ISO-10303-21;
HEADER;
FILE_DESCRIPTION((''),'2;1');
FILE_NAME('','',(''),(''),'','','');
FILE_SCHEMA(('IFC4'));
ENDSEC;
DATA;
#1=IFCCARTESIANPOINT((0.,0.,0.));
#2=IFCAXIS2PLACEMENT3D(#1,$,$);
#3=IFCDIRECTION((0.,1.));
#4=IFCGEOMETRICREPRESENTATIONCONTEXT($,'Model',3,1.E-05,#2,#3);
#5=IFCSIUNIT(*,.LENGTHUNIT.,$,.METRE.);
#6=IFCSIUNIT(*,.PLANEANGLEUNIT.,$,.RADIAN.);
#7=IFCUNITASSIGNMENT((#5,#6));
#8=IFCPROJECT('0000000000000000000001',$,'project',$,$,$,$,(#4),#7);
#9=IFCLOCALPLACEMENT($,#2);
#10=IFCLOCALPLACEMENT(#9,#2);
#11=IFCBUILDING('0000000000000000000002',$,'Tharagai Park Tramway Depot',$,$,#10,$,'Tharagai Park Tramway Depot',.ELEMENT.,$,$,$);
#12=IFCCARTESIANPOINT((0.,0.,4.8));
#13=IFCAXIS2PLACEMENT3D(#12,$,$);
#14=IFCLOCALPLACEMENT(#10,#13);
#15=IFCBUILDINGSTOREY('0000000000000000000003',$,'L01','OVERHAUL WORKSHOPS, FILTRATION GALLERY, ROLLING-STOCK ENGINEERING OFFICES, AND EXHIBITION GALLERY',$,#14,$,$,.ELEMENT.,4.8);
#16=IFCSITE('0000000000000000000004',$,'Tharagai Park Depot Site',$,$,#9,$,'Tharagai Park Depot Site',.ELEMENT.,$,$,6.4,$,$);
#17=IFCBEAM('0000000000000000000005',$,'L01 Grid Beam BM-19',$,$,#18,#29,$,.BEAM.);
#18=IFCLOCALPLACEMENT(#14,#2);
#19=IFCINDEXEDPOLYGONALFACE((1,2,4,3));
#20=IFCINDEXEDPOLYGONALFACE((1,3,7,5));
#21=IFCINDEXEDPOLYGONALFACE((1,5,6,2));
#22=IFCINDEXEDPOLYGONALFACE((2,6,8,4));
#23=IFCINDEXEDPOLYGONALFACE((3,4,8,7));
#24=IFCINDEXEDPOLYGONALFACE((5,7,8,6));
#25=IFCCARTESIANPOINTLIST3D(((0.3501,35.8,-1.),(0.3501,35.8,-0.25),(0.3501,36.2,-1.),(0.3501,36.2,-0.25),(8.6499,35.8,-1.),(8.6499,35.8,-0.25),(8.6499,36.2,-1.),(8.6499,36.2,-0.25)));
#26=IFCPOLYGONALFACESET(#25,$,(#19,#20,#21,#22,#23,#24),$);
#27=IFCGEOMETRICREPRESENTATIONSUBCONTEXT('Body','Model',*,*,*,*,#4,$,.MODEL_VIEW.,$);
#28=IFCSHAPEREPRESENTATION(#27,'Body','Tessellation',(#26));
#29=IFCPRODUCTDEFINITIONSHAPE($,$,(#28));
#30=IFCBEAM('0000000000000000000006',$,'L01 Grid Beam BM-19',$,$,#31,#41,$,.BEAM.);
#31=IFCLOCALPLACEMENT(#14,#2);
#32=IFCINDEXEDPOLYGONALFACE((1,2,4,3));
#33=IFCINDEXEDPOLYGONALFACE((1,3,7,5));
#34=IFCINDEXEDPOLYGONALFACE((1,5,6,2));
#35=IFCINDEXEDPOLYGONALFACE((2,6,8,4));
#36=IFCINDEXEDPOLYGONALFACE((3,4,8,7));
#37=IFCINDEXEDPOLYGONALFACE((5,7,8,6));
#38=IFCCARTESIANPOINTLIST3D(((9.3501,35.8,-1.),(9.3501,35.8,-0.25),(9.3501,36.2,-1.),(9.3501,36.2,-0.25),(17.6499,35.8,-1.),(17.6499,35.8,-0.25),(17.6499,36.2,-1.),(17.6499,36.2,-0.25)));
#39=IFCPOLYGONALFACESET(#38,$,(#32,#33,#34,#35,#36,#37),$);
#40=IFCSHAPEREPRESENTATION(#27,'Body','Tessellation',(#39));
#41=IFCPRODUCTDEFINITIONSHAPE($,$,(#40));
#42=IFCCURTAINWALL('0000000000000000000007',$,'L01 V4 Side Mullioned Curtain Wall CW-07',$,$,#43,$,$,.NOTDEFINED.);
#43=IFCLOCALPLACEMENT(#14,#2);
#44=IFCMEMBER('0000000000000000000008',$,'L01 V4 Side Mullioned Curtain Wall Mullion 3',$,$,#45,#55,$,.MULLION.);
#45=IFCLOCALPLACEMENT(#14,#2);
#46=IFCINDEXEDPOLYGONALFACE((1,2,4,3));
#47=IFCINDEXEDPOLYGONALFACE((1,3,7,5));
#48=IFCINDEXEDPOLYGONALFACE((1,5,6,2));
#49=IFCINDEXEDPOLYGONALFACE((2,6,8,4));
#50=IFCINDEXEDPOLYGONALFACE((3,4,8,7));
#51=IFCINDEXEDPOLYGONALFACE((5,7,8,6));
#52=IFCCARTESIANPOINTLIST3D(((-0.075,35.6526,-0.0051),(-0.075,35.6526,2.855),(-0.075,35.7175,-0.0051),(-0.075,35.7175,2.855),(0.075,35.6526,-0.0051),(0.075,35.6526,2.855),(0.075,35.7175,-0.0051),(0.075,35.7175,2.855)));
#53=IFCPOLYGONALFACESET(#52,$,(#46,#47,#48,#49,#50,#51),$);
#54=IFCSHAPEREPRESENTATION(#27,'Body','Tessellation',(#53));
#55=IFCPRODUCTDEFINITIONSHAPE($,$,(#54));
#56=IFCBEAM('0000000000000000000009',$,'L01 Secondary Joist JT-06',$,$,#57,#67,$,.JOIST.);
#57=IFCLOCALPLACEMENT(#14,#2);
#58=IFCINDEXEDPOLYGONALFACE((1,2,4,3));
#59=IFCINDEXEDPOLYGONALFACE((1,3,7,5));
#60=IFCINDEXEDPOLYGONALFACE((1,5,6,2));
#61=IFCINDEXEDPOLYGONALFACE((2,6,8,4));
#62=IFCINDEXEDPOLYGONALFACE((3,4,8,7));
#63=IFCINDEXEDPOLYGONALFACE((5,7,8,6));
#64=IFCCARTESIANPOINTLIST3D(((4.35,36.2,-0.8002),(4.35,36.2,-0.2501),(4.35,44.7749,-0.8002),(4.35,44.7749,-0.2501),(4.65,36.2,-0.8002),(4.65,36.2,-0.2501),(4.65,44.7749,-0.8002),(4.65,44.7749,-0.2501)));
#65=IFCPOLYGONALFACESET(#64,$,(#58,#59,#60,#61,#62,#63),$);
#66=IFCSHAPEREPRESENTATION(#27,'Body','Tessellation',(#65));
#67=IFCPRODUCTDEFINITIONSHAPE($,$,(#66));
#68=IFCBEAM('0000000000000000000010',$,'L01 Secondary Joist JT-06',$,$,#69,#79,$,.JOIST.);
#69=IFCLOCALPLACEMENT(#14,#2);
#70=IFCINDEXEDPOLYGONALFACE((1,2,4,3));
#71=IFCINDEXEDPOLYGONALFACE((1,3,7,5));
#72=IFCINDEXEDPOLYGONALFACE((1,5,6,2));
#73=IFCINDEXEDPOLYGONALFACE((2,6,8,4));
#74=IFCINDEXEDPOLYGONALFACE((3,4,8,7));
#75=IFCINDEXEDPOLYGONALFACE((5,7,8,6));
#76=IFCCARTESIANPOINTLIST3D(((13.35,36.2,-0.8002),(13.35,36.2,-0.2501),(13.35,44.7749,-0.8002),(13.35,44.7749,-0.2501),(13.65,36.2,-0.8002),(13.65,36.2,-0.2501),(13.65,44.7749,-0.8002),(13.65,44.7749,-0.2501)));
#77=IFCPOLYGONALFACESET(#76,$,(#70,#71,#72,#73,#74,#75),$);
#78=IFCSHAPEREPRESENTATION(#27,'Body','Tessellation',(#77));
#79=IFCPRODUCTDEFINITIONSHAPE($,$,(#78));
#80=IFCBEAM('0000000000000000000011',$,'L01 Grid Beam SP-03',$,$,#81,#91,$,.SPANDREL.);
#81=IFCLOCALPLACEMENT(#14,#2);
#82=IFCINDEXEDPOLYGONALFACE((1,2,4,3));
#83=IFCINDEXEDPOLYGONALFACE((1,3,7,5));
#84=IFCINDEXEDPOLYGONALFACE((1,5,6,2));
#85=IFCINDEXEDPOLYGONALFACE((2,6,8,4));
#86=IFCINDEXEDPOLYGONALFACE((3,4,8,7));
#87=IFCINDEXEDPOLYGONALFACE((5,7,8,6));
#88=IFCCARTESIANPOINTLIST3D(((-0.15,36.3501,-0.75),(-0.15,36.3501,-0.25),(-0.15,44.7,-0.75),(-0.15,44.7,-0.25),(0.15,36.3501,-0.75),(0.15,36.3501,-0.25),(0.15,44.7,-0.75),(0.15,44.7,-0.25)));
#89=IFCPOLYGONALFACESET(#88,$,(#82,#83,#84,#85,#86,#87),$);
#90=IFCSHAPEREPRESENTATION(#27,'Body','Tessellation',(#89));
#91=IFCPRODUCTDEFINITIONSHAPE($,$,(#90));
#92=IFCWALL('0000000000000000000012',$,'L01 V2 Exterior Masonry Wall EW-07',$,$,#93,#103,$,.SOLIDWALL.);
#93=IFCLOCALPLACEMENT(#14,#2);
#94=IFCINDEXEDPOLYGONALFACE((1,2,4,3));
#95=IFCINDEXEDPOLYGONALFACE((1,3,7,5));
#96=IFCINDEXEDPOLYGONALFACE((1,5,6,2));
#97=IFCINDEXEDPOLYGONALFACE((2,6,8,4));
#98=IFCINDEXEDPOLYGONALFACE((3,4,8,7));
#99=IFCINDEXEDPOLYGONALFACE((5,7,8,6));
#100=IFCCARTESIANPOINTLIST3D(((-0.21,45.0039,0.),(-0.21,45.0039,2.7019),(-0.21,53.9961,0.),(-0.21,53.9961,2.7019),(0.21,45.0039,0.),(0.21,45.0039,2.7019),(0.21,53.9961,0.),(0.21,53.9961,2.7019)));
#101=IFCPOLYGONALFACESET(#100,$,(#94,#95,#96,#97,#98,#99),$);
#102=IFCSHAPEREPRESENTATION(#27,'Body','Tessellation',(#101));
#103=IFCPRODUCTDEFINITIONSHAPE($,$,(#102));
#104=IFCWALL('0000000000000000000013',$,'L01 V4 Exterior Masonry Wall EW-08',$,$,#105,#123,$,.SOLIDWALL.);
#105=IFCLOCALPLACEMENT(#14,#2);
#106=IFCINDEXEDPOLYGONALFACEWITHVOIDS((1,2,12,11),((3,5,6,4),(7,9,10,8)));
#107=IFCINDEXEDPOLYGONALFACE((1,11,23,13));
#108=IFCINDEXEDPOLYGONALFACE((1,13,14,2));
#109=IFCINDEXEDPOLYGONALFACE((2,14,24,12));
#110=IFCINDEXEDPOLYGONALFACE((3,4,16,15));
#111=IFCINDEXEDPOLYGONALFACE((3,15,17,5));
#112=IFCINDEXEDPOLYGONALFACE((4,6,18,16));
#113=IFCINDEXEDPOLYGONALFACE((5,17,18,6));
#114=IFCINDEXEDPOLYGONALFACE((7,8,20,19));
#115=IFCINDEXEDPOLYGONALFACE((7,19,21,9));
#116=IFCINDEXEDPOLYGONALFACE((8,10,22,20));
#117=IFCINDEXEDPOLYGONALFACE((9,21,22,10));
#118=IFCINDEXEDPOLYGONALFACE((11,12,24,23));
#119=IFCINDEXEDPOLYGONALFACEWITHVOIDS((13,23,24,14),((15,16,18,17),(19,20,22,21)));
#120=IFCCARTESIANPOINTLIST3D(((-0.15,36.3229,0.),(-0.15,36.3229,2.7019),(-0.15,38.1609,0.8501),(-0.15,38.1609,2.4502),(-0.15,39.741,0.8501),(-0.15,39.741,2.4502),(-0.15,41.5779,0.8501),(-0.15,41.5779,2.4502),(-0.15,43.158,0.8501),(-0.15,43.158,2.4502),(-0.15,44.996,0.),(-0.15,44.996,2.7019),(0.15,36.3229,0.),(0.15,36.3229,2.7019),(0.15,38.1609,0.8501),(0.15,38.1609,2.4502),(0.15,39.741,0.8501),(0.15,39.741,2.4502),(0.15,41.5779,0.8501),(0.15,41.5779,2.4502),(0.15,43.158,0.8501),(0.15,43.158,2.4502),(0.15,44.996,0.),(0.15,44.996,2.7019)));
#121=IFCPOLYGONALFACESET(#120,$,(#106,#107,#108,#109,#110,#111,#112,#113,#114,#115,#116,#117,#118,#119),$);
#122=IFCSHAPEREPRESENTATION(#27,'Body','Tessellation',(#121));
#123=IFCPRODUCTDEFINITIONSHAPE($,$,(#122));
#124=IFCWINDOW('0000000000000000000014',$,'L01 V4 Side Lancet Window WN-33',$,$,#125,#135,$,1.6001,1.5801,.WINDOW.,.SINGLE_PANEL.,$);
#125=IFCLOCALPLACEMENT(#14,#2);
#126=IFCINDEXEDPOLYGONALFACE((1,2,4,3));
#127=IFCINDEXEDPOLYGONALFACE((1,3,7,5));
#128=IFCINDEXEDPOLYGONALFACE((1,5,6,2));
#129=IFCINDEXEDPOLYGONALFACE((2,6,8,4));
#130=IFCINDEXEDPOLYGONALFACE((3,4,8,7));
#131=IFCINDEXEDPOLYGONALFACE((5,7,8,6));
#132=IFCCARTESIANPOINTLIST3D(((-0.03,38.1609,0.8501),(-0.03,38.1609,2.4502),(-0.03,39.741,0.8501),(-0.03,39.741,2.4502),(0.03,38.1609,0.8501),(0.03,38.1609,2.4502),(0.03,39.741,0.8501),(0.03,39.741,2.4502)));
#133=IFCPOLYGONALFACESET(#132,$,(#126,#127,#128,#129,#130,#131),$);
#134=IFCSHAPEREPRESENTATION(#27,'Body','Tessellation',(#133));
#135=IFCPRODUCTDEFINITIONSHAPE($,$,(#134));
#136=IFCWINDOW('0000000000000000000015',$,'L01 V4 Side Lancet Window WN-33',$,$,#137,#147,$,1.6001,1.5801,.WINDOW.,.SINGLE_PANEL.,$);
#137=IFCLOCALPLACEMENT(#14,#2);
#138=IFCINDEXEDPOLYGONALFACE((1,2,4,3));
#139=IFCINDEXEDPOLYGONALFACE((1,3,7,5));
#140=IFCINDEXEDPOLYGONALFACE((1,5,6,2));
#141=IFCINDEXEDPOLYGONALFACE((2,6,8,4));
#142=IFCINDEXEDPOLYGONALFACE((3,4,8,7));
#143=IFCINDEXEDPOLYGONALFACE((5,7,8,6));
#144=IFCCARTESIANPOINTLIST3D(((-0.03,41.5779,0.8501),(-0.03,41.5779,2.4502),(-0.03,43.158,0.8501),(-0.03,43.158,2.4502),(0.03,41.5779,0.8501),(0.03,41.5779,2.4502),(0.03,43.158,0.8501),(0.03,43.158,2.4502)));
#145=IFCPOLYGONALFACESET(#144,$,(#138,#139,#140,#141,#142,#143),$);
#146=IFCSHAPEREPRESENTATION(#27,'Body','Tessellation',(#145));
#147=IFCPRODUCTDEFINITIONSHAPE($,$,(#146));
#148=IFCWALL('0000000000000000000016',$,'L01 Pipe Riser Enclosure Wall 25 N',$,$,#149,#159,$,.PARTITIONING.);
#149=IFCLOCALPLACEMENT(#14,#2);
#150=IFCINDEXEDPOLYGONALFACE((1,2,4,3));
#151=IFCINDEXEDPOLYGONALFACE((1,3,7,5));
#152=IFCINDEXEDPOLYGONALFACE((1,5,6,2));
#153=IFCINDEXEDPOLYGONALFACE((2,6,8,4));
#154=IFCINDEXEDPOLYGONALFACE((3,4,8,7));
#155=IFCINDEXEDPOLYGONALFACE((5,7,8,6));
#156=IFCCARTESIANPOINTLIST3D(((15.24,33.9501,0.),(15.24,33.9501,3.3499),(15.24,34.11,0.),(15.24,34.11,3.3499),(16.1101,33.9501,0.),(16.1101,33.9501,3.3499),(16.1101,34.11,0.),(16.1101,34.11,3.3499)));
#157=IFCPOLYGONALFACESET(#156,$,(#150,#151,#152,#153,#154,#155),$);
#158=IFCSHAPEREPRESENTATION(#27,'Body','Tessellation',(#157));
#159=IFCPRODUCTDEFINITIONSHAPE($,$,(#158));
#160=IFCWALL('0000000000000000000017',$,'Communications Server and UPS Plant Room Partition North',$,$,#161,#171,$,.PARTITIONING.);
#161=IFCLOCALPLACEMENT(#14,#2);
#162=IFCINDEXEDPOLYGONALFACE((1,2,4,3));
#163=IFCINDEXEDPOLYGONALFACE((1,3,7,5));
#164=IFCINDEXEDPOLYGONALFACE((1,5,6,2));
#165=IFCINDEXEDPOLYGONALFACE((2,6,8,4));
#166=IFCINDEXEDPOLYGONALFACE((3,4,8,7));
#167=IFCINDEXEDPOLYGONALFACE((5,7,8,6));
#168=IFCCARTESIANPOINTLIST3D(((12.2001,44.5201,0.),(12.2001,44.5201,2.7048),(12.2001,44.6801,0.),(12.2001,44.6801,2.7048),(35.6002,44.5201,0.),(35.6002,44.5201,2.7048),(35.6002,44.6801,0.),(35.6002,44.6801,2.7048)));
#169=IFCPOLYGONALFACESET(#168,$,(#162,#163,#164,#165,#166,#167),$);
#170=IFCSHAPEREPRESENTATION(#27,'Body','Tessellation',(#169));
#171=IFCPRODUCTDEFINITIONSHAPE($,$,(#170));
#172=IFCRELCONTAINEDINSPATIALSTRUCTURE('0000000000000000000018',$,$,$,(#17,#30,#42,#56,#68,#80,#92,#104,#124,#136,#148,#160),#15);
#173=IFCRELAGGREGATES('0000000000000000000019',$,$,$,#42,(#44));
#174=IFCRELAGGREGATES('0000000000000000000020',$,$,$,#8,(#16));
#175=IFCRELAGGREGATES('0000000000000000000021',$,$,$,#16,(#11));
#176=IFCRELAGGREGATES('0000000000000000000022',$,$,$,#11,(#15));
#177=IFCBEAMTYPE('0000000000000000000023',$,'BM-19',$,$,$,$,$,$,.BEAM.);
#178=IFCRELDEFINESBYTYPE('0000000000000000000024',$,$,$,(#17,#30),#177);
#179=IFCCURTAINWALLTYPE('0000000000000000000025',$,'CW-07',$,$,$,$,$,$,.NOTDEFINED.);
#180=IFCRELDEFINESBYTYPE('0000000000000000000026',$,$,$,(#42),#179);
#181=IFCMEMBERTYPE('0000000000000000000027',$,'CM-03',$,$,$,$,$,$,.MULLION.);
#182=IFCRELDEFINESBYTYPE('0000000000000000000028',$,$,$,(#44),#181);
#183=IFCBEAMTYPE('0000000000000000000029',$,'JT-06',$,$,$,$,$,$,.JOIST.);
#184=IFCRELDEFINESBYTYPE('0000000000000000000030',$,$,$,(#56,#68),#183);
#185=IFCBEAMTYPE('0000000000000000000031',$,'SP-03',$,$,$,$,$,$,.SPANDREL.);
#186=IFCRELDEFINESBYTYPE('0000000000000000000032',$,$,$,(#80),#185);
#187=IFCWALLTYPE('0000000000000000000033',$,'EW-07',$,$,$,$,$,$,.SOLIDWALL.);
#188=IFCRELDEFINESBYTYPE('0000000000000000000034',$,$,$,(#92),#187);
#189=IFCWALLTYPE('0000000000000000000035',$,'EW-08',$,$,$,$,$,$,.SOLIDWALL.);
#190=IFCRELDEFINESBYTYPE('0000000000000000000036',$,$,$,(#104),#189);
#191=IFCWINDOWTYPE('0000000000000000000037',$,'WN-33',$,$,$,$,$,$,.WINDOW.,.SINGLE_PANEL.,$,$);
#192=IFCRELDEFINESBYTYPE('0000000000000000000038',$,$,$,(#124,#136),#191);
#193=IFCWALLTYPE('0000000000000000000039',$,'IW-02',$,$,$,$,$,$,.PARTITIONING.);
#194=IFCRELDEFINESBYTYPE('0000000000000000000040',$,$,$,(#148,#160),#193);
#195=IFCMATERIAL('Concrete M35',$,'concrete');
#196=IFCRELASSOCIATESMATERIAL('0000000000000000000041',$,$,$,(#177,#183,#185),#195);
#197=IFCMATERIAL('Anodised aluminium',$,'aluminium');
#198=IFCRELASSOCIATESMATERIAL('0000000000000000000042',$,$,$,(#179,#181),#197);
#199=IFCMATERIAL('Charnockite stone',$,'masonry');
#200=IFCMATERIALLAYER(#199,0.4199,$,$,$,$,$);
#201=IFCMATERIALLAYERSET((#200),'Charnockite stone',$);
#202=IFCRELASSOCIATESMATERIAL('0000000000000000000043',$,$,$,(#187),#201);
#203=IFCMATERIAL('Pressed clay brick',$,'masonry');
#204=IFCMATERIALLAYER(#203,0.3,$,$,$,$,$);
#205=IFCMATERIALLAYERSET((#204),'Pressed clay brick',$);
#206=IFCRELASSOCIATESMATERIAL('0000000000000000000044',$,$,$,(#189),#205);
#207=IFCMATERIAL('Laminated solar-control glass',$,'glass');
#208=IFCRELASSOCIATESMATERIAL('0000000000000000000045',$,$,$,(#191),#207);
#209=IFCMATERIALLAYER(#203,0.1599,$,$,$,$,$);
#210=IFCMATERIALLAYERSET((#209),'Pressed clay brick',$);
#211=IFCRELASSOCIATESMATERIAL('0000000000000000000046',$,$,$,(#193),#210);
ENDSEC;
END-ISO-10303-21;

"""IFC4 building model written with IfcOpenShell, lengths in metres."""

from ifc_helpers import new_model, si_unit, direction, frame, frame_2d, origin, origin_2d, place, context, subcontext, project, spatial, rectangle, extrude, material, layer, layer_set, material_profile, profile_set, type_object, element, fill, aggregate, save


model = new_model("IFC4")

# Units and contexts
model_context = context("Model", 3, precision=1e-05, world=origin(), true_north=direction((0.0, 1.0)))
body_context = subcontext(model_context, "Body", "Model", "MODEL_VIEW")
ifc_project = project(units=[si_unit("LENGTHUNIT", "METRE"), si_unit("PLANEANGLEUNIT", "RADIAN")], contexts=[model_context])

# Site, building, storey
site_placement = place(None, origin())
site = spatial("IfcSite", under=ifc_project, at=site_placement, Name="Tharagai Park Depot Site", LongName="Tharagai Park Depot Site", CompositionType="ELEMENT", RefElevation=6.4)
building_placement = place(site_placement, origin())
building = spatial("IfcBuilding", under=site, at=building_placement, Name="Tharagai Park Tramway Depot", LongName="Tharagai Park Tramway Depot", CompositionType="ELEMENT")
storey_placement = place(building_placement, frame((0.0, 0.0, 4.8)))
storey = spatial("IfcBuildingStorey", under=building, at=storey_placement, Name="L01", Description="OVERHAUL WORKSHOPS, FILTRATION GALLERY, ROLLING-STOCK ENGINEERING OFFICES, AND EXHIBITION GALLERY", CompositionType="ELEMENT", Elevation=4.8)

# Beams
ifc_material_1 = material(Name="Concrete M35", Category="concrete")
ifc_material_profile_1 = material_profile(ifc_material_1, rectangle(XDim=0.3999, YDim=0.75, at=origin_2d()), Name="RC 400x750")
ifc_profile_set_1 = profile_set([ifc_material_profile_1], Name="Concrete M35")
beam_type_1 = type_object("IfcBeamType", Name="BM-19", PredefinedType="BEAM", material=ifc_profile_set_1)
for number, where, z_axis, x_axis, name in (
    (1, (0.3501, 36.0, -0.625), (1.0, 0.0, 0.0), (0.0, 1.0, 0.0), "L01 Grid Beam BM-19"),
    (2, (9.3501, 36.0, -0.625), (1.0, 0.0, 0.0), (0.0, 1.0, 0.0), "L01 Grid Beam BM-19"),
):
    element("IfcBeam", number, at=place(storey_placement, frame(where, z_axis=z_axis, x_axis=x_axis)), inside=storey, type_object=beam_type_1, Name=name, PredefinedType="BEAM", context=body_context, shape_type="SweptSolid", body=[
        extrude(rectangle(XDim=0.3999, YDim=0.75, at=origin_2d()), origin(), (0.0, 0.0, 1.0), 8.2998),
    ])

# Curtain wall, member
ifc_material_2 = material(Name="Anodised aluminium", Category="aluminium")
curtain_wall_type = type_object("IfcCurtainWallType", Name="CW-07", PredefinedType="NOTDEFINED", material=ifc_material_2)
curtain_wall_placement = place(storey_placement, origin())
curtain_wall = element("IfcCurtainWall", 3, at=curtain_wall_placement, inside=storey, type_object=curtain_wall_type, Name="L01 V4 Side Mullioned Curtain Wall CW-07", PredefinedType="NOTDEFINED")
ifc_material_profile_2 = material_profile(ifc_material_2, rectangle(XDim=0.0649, YDim=0.1499, at=origin_2d()), Name="ALU 65x150")
ifc_profile_set_2 = profile_set([ifc_material_profile_2], Name="Anodised aluminium")
member_type = type_object("IfcMemberType", Name="CM-03", PredefinedType="MULLION", material=ifc_profile_set_2)
member_placement = place(storey_placement, frame((0.0, 35.6851, -0.0051), z_axis=(0.0, 0.0, 1.0), x_axis=(0.0, 1.0, 0.0)))
member = element("IfcMember", 4, at=member_placement, type_object=member_type, Name="L01 V4 Side Mullioned Curtain Wall Mullion 3", PredefinedType="MULLION", context=body_context, shape_type="SweptSolid", body=[
    extrude(rectangle(XDim=0.0649, YDim=0.1499, at=origin_2d()), origin(), (0.0, 0.0, 1.0), 2.8601),
])
aggregate(curtain_wall, [member])

# Beams
ifc_material_profile_3 = material_profile(ifc_material_1, rectangle(XDim=0.3, YDim=0.55, at=origin_2d()), Name="RC 300x550")
ifc_profile_set_3 = profile_set([ifc_material_profile_3], Name="Concrete M35")
beam_type_2 = type_object("IfcBeamType", Name="JT-06", PredefinedType="JOIST", material=ifc_profile_set_3)
for number, where, z_axis, x_axis, name in (
    (5, (4.5, 36.2, -0.5251), (0.0, 1.0, 0.0), (-1.0, 0.0, 0.0), "L01 Secondary Joist JT-06"),
    (6, (13.5, 36.2, -0.5251), (0.0, 1.0, 0.0), (-1.0, 0.0, 0.0), "L01 Secondary Joist JT-06"),
):
    element("IfcBeam", number, at=place(storey_placement, frame(where, z_axis=z_axis, x_axis=x_axis)), inside=storey, type_object=beam_type_2, Name=name, PredefinedType="JOIST", context=body_context, shape_type="SweptSolid", body=[
        extrude(rectangle(XDim=0.3, YDim=0.55, at=origin_2d()), origin(), (0.0, 0.0, 1.0), 8.575),
    ])
ifc_material_profile_4 = material_profile(ifc_material_1, rectangle(XDim=0.3, YDim=0.5, at=origin_2d()), Name="RC 300x500")
ifc_profile_set_4 = profile_set([ifc_material_profile_4], Name="Concrete M35")
beam_type_3 = type_object("IfcBeamType", Name="SP-03", PredefinedType="SPANDREL", material=ifc_profile_set_4)
beam_1_placement = place(storey_placement, frame((0.0, 36.3501, -0.5), z_axis=(0.0, 1.0, 0.0), x_axis=(-1.0, 0.0, 0.0)))
element("IfcBeam", 7, at=beam_1_placement, inside=storey, type_object=beam_type_3, Name="L01 Grid Beam SP-03", PredefinedType="SPANDREL", context=body_context, shape_type="SweptSolid", body=[
    extrude(rectangle(XDim=0.3, YDim=0.5, at=origin_2d()), origin(), (0.0, 0.0, 1.0), 8.3499),
])

# Wall
ifc_material_3 = material(Name="Charnockite stone", Category="masonry")
ifc_layer_1 = layer(ifc_material_3, 0.4199)
ifc_layer_set_1 = layer_set([ifc_layer_1], Name="Charnockite stone")
wall_type_1 = type_object("IfcWallType", Name="EW-07", PredefinedType="SOLIDWALL", material=ifc_layer_set_1)
wall_1_placement = place(storey_placement, frame((0.0, 45.0039, 0.0), z_axis=(0.0, 0.0, 1.0), x_axis=(0.0, 1.0, 0.0)))
element("IfcWall", 8, at=wall_1_placement, inside=storey, type_object=wall_type_1, Name="L01 V2 Exterior Masonry Wall EW-07", PredefinedType="SOLIDWALL", context=body_context, shape_type="SweptSolid", body=[
    extrude(rectangle(XDim=8.9922, YDim=0.4199, at=frame_2d((4.4961, 0.0))), origin(), (0.0, 0.0, 1.0), 2.7019),
])

# Wall, openings, windows
ifc_material_4 = material(Name="Pressed clay brick", Category="masonry")
ifc_layer_2 = layer(ifc_material_4, 0.3)
ifc_layer_set_2 = layer_set([ifc_layer_2], Name="Pressed clay brick")
wall_type_2 = type_object("IfcWallType", Name="EW-08", PredefinedType="SOLIDWALL", material=ifc_layer_set_2)
wall_2_placement = place(storey_placement, frame((0.0, 36.323, 0.0), z_axis=(0.0, 0.0, 1.0), x_axis=(0.0, 1.0, 0.0)))
wall_2 = element("IfcWall", 9, at=wall_2_placement, inside=storey, type_object=wall_type_2, Name="L01 V4 Exterior Masonry Wall EW-08", PredefinedType="SOLIDWALL", context=body_context, shape_type="SweptSolid", body=[
    extrude(rectangle(XDim=8.6731, YDim=0.3, at=frame_2d((4.3364, 0.0))), origin(), (0.0, 0.0, 1.0), 2.7019),
])
opening_1_placement = place(wall_2_placement, frame((1.8379, 0.0, 0.8501)))
opening_1 = element("IfcOpeningElement", 10, at=opening_1_placement, cuts=wall_2, PredefinedType="OPENING", context=body_context, shape_type="SweptSolid", body=[
    extrude(rectangle(XDim=1.5801, YDim=1.6001, at=frame_2d((0.79, 0.8))), frame((0.0, 0.1599, 0.0), z_axis=(0.0, -1.0, 0.0), x_axis=(1.0, 0.0, 0.0)), (0.0, 0.0, 1.0), 0.3201),
])
opening_2_placement = place(wall_2_placement, frame((5.2549, 0.0, 0.8501)))
opening_2 = element("IfcOpeningElement", 11, at=opening_2_placement, cuts=wall_2, PredefinedType="OPENING", context=body_context, shape_type="SweptSolid", body=[
    extrude(rectangle(XDim=1.5801, YDim=1.6001, at=frame_2d((0.79, 0.8))), frame((0.0, 0.1599, 0.0), z_axis=(0.0, -1.0, 0.0), x_axis=(1.0, 0.0, 0.0)), (0.0, 0.0, 1.0), 0.3201),
])
ifc_material_5 = material(Name="Laminated solar-control glass", Category="glass")
window_type = type_object("IfcWindowType", Name="WN-33", PartitioningType="SINGLE_PANEL", PredefinedType="WINDOW", material=ifc_material_5)
window_1_placement = place(opening_1_placement, origin())
window_1 = element("IfcWindow", 12, at=window_1_placement, inside=storey, type_object=window_type, Name="L01 V4 Side Lancet Window WN-33", OverallHeight=1.6001, OverallWidth=1.5801, PartitioningType="SINGLE_PANEL", PredefinedType="WINDOW", context=body_context, shape_type="SweptSolid", body=[
    extrude(rectangle(XDim=1.5801, YDim=1.6001, at=frame_2d((0.79, 0.8))), frame((0.0, 0.03, 0.0), z_axis=(0.0, -1.0, 0.0), x_axis=(1.0, 0.0, 0.0)), (0.0, 0.0, 1.0), 0.0601),
])
fill(opening_1, window_1)
window_2_placement = place(opening_2_placement, origin())
window_2 = element("IfcWindow", 13, at=window_2_placement, inside=storey, type_object=window_type, Name="L01 V4 Side Lancet Window WN-33", OverallHeight=1.6001, OverallWidth=1.5801, PartitioningType="SINGLE_PANEL", PredefinedType="WINDOW", context=body_context, shape_type="SweptSolid", body=[
    extrude(rectangle(XDim=1.5801, YDim=1.6001, at=frame_2d((0.79, 0.8))), frame((0.0, 0.03, 0.0), z_axis=(0.0, -1.0, 0.0), x_axis=(1.0, 0.0, 0.0)), (0.0, 0.0, 1.0), 0.0601),
])
fill(opening_2, window_2)

# Walls
ifc_layer_3 = layer(ifc_material_4, 0.1599)
ifc_layer_set_3 = layer_set([ifc_layer_3], Name="Pressed clay brick")
wall_type_3 = type_object("IfcWallType", Name="IW-02", PredefinedType="PARTITIONING", material=ifc_layer_set_3)
wall_3_placement = place(storey_placement, frame((15.24, 34.03, 0.0), z_axis=(0.0, 0.0, 1.0), x_axis=(1.0, 0.0, 0.0)))
element("IfcWall", 14, at=wall_3_placement, inside=storey, type_object=wall_type_3, Name="L01 Pipe Riser Enclosure Wall 25 N", PredefinedType="PARTITIONING", context=body_context, shape_type="SweptSolid", body=[
    extrude(rectangle(XDim=0.8701, YDim=0.1599, at=frame_2d((0.4351, 0.0))), origin(), (0.0, 0.0, 1.0), 3.3499),
])
wall_4_placement = place(storey_placement, frame((12.2, 44.6001, 0.0), z_axis=(0.0, 0.0, 1.0), x_axis=(1.0, 0.0, 0.0)))
element("IfcWall", 15, at=wall_4_placement, inside=storey, type_object=wall_type_3, Name="Communications Server and UPS Plant Room Partition North", PredefinedType="PARTITIONING", context=body_context, shape_type="SweptSolid", body=[
    extrude(rectangle(XDim=23.4001, YDim=0.1599, at=frame_2d((11.7002, 0.0))), origin(), (0.0, 0.0, 1.0), 2.7048),
])

save(model, "model.ifc")
